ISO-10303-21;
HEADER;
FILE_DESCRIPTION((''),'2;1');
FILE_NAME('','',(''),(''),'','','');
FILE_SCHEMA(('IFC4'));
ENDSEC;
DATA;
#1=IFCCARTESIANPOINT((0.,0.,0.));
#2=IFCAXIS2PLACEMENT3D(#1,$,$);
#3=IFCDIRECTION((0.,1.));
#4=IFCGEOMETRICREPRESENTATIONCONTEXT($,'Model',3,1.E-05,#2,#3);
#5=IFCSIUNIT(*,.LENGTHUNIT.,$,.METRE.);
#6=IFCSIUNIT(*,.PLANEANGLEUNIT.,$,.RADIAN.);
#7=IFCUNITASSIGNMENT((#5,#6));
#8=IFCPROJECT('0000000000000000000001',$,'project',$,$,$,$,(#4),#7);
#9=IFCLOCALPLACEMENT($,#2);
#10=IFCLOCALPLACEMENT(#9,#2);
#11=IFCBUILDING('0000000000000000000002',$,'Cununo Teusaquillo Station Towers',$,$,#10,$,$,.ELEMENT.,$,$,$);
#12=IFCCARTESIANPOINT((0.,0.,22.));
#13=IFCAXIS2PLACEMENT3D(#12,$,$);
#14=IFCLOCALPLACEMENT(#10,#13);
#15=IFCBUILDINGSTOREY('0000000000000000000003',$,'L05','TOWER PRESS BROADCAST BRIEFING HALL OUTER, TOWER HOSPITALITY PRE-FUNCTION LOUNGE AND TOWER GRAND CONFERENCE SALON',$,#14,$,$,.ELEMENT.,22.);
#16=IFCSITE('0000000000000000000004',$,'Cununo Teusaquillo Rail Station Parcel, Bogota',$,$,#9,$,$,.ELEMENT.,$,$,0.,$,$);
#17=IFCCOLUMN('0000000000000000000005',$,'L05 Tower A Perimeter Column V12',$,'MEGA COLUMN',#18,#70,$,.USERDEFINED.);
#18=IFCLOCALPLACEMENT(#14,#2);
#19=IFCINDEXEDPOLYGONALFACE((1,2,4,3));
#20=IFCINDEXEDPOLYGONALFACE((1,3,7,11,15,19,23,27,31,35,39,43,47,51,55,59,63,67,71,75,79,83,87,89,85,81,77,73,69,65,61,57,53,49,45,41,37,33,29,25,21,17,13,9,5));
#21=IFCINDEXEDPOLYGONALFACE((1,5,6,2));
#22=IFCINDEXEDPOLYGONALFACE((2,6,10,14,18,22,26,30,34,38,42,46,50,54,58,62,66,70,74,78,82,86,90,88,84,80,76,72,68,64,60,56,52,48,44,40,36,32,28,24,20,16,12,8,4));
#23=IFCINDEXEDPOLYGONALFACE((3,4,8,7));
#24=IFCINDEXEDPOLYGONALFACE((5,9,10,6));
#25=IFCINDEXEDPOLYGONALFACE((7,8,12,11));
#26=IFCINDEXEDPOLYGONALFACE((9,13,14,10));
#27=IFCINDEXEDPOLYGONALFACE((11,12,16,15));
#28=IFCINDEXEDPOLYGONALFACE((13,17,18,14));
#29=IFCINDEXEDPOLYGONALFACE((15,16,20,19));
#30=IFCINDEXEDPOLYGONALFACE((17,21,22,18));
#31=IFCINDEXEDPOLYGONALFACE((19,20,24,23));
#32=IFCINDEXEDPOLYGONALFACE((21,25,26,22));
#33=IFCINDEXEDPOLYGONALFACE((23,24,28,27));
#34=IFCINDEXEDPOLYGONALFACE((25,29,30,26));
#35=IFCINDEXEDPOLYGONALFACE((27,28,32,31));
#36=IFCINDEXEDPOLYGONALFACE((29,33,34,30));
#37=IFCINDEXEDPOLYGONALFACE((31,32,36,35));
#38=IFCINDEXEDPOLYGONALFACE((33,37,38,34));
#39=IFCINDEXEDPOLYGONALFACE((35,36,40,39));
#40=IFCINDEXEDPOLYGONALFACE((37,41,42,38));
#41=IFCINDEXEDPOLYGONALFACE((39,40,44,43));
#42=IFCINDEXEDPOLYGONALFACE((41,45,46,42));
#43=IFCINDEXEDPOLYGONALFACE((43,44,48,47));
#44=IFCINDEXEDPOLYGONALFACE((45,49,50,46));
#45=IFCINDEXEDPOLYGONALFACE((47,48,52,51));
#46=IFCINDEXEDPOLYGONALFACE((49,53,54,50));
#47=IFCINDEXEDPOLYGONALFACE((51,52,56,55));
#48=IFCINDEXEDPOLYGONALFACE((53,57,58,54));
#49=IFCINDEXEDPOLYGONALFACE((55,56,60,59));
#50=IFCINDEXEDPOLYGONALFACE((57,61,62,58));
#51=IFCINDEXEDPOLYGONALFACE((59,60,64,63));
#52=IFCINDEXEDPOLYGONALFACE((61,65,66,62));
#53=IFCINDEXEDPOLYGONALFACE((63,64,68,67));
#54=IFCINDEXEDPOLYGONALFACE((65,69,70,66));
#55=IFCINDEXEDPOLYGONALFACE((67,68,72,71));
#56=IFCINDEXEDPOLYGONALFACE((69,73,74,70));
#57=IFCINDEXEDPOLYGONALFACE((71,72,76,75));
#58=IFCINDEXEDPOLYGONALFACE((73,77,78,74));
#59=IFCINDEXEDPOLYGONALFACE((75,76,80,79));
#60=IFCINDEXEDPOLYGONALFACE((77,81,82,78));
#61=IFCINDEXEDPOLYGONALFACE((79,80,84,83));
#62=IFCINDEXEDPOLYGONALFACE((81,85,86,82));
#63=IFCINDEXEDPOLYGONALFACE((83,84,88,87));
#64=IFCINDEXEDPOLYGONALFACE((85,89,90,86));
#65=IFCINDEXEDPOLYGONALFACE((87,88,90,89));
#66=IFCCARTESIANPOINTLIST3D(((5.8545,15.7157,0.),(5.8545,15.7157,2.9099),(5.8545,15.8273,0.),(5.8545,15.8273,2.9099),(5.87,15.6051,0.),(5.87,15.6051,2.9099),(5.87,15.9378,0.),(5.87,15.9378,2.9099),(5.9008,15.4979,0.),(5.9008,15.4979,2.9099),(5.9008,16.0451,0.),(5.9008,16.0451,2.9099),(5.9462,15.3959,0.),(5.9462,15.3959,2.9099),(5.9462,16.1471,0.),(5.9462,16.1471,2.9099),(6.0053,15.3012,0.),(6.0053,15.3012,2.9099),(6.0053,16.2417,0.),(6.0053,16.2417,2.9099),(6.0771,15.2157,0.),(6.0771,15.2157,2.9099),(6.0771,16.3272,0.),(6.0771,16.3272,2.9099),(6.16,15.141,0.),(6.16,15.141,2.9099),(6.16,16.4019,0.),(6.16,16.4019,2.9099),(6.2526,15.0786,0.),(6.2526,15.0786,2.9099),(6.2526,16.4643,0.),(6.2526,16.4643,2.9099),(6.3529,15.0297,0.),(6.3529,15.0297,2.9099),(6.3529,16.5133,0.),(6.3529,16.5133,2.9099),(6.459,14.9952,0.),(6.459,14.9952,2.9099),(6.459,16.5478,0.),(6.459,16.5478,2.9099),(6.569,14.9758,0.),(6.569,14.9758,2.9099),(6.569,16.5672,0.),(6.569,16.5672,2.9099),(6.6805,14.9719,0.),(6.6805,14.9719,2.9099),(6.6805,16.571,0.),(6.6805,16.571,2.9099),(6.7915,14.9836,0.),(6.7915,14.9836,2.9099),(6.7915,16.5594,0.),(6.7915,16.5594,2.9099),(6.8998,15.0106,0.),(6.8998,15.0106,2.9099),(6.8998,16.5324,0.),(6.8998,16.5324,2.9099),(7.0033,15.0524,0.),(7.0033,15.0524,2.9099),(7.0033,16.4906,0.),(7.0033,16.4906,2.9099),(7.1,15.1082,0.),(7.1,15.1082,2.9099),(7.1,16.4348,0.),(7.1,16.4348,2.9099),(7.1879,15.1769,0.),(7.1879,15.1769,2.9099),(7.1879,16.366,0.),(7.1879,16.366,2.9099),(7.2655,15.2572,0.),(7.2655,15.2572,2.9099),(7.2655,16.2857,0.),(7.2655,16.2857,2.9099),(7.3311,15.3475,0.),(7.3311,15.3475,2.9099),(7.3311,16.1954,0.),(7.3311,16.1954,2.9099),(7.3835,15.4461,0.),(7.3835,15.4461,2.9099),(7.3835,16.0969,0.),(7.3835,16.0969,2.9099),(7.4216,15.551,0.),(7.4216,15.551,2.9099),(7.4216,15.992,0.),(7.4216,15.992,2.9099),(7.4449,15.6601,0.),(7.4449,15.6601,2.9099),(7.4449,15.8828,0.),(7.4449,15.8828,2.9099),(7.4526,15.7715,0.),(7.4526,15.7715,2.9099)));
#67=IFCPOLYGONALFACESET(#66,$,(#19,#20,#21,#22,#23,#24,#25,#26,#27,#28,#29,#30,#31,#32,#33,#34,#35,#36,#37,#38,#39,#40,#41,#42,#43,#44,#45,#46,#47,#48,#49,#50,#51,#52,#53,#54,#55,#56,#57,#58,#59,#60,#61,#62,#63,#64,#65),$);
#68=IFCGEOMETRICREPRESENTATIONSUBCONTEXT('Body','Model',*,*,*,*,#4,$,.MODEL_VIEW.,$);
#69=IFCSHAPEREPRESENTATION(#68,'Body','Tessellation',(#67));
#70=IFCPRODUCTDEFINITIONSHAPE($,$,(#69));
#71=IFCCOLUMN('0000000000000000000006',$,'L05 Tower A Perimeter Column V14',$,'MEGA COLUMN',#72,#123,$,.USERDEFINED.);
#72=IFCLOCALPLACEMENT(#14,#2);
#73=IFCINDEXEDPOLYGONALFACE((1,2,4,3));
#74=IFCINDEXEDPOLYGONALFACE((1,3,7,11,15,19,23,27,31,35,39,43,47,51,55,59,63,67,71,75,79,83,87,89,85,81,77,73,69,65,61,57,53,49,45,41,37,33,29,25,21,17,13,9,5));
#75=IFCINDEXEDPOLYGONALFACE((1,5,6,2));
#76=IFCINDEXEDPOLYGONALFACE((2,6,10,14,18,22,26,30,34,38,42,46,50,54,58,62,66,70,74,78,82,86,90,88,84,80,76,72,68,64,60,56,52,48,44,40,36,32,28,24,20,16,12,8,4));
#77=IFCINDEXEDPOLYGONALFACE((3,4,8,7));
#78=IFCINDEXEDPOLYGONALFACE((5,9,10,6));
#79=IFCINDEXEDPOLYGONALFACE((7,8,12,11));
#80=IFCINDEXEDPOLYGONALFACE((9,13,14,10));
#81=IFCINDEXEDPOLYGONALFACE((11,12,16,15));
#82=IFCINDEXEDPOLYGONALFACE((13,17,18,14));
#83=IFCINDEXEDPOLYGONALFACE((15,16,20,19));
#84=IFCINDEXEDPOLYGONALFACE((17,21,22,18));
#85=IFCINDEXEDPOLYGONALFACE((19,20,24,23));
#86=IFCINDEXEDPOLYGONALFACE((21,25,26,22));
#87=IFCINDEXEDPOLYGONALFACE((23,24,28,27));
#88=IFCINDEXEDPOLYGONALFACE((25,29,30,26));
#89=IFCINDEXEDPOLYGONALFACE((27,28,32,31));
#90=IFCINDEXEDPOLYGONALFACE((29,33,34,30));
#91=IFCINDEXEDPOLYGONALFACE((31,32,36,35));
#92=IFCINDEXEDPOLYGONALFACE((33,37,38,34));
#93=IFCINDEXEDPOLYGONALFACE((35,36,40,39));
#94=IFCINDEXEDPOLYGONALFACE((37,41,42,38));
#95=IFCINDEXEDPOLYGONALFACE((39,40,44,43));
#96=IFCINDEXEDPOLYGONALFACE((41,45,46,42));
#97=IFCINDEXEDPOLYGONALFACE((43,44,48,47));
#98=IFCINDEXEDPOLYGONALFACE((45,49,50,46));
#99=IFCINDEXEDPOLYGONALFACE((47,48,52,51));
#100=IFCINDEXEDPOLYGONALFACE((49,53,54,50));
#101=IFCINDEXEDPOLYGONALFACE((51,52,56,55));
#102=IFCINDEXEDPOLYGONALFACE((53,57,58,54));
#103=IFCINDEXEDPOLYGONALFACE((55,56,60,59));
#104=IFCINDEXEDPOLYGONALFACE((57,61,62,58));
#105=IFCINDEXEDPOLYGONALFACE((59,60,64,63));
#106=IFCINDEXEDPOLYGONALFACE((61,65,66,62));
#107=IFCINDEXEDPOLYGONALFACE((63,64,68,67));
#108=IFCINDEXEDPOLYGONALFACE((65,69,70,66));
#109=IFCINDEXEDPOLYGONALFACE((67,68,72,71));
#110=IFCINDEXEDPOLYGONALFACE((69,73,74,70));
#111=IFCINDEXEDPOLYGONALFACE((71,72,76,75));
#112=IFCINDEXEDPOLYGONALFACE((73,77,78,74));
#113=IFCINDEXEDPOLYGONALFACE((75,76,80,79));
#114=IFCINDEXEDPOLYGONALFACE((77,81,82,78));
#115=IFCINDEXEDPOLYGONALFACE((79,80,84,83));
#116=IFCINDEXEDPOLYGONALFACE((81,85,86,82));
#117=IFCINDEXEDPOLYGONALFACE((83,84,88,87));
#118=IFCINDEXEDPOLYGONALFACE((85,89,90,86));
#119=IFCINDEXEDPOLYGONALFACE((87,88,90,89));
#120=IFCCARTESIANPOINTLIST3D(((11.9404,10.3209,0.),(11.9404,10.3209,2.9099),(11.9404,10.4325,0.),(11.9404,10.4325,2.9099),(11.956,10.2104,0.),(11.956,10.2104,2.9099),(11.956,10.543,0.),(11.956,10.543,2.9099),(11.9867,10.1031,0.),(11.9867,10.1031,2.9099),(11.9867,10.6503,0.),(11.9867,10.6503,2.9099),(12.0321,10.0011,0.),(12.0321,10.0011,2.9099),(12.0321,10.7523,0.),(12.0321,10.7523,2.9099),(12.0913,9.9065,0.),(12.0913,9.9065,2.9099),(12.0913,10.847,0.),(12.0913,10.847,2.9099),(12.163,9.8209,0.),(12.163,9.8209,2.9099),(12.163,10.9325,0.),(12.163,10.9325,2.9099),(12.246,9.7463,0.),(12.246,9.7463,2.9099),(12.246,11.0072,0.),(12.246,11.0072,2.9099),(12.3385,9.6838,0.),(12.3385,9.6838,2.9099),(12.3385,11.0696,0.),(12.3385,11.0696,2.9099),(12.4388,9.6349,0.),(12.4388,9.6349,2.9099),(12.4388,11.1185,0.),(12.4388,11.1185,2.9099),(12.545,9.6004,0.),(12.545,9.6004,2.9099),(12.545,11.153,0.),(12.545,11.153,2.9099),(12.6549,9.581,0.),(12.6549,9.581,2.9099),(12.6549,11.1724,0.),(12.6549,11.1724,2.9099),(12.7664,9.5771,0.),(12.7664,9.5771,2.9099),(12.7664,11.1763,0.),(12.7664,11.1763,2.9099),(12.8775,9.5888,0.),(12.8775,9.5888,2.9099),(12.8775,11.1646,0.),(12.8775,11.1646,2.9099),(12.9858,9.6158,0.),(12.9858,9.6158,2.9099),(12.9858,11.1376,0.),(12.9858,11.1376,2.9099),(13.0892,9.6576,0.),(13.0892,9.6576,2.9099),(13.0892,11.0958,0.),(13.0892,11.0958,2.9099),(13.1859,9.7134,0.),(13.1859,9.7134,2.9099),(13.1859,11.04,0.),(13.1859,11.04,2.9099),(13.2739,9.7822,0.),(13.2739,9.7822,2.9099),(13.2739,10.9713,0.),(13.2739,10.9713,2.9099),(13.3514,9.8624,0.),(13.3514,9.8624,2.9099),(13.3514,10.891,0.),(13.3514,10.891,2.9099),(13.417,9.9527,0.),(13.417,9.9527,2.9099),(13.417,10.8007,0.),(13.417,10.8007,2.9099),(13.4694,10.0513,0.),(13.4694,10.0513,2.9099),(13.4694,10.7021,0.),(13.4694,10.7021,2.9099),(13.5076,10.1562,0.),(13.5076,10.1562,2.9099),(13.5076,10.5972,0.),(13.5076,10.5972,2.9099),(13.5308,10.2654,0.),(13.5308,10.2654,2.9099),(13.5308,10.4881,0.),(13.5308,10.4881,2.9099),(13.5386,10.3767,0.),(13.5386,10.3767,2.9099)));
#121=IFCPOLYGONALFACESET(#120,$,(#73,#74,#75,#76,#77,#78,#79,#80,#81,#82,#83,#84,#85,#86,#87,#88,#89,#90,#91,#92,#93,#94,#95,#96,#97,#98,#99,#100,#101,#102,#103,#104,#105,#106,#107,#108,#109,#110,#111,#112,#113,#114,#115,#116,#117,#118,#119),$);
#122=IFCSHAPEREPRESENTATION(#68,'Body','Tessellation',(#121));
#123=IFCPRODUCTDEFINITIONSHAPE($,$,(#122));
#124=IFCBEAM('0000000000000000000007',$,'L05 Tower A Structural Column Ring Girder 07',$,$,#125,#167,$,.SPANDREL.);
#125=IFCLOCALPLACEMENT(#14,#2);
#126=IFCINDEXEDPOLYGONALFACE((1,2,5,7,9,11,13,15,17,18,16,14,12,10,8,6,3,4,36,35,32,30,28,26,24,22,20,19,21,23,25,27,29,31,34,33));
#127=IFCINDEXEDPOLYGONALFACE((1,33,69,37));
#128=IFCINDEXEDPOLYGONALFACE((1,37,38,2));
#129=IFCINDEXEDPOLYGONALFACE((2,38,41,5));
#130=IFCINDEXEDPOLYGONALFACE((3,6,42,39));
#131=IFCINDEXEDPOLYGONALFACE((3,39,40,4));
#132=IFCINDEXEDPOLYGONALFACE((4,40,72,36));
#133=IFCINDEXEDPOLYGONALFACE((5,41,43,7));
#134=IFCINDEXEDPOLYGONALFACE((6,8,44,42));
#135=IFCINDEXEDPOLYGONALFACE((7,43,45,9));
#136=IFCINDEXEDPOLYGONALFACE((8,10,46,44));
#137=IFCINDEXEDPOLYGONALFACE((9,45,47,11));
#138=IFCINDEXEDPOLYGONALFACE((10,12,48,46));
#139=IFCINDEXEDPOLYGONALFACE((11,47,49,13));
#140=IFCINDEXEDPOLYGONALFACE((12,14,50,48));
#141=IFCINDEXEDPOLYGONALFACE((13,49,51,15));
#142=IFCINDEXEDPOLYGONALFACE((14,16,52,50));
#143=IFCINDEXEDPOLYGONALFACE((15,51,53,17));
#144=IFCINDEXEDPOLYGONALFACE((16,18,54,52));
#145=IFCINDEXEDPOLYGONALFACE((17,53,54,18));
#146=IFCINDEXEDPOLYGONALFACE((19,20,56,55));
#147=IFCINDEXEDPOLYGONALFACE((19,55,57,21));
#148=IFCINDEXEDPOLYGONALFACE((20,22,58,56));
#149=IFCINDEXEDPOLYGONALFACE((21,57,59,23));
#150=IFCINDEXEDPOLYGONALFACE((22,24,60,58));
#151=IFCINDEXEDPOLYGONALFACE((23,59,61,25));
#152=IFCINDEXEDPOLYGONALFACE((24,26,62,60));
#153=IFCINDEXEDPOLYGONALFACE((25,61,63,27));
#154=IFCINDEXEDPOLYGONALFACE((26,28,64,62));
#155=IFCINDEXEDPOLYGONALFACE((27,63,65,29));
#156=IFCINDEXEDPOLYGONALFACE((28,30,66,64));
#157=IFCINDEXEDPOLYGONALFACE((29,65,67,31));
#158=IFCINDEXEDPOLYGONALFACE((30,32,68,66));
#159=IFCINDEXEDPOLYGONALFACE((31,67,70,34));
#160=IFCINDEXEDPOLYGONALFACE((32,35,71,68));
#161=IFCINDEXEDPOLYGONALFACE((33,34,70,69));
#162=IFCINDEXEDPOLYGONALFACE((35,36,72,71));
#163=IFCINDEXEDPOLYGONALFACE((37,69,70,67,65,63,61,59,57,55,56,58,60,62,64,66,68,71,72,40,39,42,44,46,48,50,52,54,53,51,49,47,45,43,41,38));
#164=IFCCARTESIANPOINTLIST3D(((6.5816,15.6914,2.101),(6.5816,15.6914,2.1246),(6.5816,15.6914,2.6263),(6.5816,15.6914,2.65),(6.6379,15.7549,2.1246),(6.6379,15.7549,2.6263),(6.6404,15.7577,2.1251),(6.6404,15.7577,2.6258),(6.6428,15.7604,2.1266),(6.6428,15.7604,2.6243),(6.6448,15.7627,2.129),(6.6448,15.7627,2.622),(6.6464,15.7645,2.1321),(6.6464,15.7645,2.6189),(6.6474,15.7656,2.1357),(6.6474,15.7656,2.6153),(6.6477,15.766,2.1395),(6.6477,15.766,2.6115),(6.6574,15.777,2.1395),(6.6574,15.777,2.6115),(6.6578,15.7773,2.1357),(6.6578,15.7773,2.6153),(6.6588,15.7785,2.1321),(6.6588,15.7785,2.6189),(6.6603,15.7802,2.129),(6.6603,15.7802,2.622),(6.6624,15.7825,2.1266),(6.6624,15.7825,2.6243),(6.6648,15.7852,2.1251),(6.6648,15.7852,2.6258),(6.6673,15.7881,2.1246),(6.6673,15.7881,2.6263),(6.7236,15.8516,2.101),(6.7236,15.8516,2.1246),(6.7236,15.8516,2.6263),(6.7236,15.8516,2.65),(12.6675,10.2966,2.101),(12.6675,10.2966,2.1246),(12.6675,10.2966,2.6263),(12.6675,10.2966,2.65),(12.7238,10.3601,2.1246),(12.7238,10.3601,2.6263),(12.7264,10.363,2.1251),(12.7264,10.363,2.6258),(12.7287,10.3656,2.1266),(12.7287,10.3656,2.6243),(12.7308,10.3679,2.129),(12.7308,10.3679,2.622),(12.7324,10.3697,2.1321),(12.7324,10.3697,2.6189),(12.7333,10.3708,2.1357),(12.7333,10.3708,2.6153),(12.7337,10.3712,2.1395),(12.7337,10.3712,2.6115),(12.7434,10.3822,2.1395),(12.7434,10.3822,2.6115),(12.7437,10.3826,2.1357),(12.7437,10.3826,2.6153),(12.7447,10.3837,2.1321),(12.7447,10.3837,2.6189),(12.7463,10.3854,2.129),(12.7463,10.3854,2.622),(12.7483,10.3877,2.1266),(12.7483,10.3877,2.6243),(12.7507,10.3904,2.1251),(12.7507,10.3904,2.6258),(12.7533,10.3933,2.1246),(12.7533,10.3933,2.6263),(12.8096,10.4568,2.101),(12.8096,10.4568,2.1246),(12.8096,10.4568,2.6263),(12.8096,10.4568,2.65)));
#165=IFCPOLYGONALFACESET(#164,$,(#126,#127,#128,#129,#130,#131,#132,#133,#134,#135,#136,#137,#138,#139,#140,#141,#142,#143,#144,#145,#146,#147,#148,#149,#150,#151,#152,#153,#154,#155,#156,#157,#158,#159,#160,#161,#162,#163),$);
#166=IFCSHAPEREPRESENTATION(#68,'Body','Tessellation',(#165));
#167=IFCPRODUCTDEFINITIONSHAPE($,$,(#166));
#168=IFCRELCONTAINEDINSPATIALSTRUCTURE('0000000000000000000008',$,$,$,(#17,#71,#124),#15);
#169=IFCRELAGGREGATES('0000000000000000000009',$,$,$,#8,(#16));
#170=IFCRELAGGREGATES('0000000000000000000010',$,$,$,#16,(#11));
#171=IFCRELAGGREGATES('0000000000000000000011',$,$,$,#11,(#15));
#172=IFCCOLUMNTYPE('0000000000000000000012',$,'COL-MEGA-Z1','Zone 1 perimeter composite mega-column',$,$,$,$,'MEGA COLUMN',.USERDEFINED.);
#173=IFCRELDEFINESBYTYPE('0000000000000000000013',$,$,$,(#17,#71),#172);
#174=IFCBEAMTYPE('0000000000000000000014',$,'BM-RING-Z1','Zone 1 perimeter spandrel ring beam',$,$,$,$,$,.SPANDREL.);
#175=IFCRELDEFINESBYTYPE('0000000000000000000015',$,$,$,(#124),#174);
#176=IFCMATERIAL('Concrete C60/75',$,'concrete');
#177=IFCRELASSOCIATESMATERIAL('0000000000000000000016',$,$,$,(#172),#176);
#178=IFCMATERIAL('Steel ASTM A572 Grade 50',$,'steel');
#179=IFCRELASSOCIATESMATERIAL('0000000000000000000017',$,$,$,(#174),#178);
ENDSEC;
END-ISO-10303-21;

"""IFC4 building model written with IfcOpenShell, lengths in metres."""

from ifc_helpers import new_model, si_unit, direction, frame, origin, origin_2d, place, context, subcontext, project, spatial, circle, i_section, extrude, material, material_profile, profile_set, type_object, element, save


model = new_model("IFC4")

# Units and contexts
model_context = context("Model", 3, precision=1e-05, world=origin(), true_north=direction((0.0, 1.0)))
body_context = subcontext(model_context, "Body", "Model", "MODEL_VIEW")
ifc_project = project(units=[si_unit("LENGTHUNIT", "METRE"), si_unit("PLANEANGLEUNIT", "RADIAN")], contexts=[model_context])

# Site, building, storey
site_placement = place(None, origin())
site = spatial("IfcSite", under=ifc_project, at=site_placement, Name="Cununo Teusaquillo Rail Station Parcel, Bogota", CompositionType="ELEMENT", RefElevation=0.0)
building_placement = place(site_placement, origin())
building = spatial("IfcBuilding", under=site, at=building_placement, Name="Cununo Teusaquillo Station Towers", CompositionType="ELEMENT")
storey_placement = place(building_placement, frame((0.0, 0.0, 22.0)))
storey = spatial("IfcBuildingStorey", under=building, at=storey_placement, Name="L05", Description="TOWER PRESS BROADCAST BRIEFING HALL OUTER, TOWER HOSPITALITY PRE-FUNCTION LOUNGE AND TOWER GRAND CONFERENCE SALON", CompositionType="ELEMENT", Elevation=22.0)

# Columns
ifc_material_1 = material(Name="Concrete C60/75", Category="concrete")
ifc_material_profile_1 = material_profile(ifc_material_1, circle(Radius=0.8, at=origin_2d()), Name="RC-CIRC-1600")
ifc_profile_set_1 = profile_set([ifc_material_profile_1], Name="Concrete C60/75")
column_type = type_object("IfcColumnType", Name="COL-MEGA-Z1", Description="Zone 1 perimeter composite mega-column", ElementType="MEGA COLUMN", PredefinedType="USERDEFINED", material=ifc_profile_set_1)
for number, where, z_axis, x_axis, name in (
    (1, (6.6526, 15.7715, 0.0), (0.0, 0.0, 1.0), (1.0, 0.0, 0.0), "L05 Tower A Perimeter Column V12"),
    (2, (12.7385, 10.3767, 0.0), (0.0, 0.0, 1.0), (1.0, 0.0, 0.0), "L05 Tower A Perimeter Column V14"),
):
    element("IfcColumn", number, at=place(storey_placement, frame(where, z_axis=z_axis, x_axis=x_axis)), inside=storey, type_object=column_type, Name=name, ObjectType="MEGA COLUMN", PredefinedType="USERDEFINED", context=body_context, shape_type="SweptSolid", body=[
        extrude(circle(Radius=0.8, at=origin_2d()), origin(), (0.0, 0.0, 1.0), 2.9099),
    ])

# Beam
ifc_material_2 = material(Name="Steel ASTM A572 Grade 50", Category="steel")
ifc_material_profile_2 = material_profile(ifc_material_2, i_section(OverallWidth=0.2141, OverallDepth=0.5491, WebThickness=0.0146, FlangeThickness=0.0237, FilletRadius=0.0149, at=origin_2d()), Name="W21X93")
ifc_profile_set_2 = profile_set([ifc_material_profile_2], Name="Steel ASTM A572 Grade 50")
beam_type_1 = type_object("IfcBeamType", Name="BM-RING-Z1", Description="Zone 1 perimeter spandrel ring beam", PredefinedType="SPANDREL", material=ifc_profile_set_2)
beam_1_placement = place(storey_placement, frame((6.6526, 15.7715, 2.3755), z_axis=(0.748321, -0.663337, 0.0), x_axis=(0.663337, 0.748321, 0.0)))
element("IfcBeam", 3, at=beam_1_placement, inside=storey, type_object=beam_type_1, Name="L05 Tower A Structural Column Ring Girder 07", PredefinedType="SPANDREL", context=body_context, shape_type="SweptSolid", body=[
    extrude(i_section(OverallWidth=0.2141, OverallDepth=0.5491, WebThickness=0.0146, FlangeThickness=0.0237, FilletRadius=0.0149, at=origin_2d()), origin(), (0.0, 0.0, 1.0), 8.1328),
])

save(model, "model.ifc")
